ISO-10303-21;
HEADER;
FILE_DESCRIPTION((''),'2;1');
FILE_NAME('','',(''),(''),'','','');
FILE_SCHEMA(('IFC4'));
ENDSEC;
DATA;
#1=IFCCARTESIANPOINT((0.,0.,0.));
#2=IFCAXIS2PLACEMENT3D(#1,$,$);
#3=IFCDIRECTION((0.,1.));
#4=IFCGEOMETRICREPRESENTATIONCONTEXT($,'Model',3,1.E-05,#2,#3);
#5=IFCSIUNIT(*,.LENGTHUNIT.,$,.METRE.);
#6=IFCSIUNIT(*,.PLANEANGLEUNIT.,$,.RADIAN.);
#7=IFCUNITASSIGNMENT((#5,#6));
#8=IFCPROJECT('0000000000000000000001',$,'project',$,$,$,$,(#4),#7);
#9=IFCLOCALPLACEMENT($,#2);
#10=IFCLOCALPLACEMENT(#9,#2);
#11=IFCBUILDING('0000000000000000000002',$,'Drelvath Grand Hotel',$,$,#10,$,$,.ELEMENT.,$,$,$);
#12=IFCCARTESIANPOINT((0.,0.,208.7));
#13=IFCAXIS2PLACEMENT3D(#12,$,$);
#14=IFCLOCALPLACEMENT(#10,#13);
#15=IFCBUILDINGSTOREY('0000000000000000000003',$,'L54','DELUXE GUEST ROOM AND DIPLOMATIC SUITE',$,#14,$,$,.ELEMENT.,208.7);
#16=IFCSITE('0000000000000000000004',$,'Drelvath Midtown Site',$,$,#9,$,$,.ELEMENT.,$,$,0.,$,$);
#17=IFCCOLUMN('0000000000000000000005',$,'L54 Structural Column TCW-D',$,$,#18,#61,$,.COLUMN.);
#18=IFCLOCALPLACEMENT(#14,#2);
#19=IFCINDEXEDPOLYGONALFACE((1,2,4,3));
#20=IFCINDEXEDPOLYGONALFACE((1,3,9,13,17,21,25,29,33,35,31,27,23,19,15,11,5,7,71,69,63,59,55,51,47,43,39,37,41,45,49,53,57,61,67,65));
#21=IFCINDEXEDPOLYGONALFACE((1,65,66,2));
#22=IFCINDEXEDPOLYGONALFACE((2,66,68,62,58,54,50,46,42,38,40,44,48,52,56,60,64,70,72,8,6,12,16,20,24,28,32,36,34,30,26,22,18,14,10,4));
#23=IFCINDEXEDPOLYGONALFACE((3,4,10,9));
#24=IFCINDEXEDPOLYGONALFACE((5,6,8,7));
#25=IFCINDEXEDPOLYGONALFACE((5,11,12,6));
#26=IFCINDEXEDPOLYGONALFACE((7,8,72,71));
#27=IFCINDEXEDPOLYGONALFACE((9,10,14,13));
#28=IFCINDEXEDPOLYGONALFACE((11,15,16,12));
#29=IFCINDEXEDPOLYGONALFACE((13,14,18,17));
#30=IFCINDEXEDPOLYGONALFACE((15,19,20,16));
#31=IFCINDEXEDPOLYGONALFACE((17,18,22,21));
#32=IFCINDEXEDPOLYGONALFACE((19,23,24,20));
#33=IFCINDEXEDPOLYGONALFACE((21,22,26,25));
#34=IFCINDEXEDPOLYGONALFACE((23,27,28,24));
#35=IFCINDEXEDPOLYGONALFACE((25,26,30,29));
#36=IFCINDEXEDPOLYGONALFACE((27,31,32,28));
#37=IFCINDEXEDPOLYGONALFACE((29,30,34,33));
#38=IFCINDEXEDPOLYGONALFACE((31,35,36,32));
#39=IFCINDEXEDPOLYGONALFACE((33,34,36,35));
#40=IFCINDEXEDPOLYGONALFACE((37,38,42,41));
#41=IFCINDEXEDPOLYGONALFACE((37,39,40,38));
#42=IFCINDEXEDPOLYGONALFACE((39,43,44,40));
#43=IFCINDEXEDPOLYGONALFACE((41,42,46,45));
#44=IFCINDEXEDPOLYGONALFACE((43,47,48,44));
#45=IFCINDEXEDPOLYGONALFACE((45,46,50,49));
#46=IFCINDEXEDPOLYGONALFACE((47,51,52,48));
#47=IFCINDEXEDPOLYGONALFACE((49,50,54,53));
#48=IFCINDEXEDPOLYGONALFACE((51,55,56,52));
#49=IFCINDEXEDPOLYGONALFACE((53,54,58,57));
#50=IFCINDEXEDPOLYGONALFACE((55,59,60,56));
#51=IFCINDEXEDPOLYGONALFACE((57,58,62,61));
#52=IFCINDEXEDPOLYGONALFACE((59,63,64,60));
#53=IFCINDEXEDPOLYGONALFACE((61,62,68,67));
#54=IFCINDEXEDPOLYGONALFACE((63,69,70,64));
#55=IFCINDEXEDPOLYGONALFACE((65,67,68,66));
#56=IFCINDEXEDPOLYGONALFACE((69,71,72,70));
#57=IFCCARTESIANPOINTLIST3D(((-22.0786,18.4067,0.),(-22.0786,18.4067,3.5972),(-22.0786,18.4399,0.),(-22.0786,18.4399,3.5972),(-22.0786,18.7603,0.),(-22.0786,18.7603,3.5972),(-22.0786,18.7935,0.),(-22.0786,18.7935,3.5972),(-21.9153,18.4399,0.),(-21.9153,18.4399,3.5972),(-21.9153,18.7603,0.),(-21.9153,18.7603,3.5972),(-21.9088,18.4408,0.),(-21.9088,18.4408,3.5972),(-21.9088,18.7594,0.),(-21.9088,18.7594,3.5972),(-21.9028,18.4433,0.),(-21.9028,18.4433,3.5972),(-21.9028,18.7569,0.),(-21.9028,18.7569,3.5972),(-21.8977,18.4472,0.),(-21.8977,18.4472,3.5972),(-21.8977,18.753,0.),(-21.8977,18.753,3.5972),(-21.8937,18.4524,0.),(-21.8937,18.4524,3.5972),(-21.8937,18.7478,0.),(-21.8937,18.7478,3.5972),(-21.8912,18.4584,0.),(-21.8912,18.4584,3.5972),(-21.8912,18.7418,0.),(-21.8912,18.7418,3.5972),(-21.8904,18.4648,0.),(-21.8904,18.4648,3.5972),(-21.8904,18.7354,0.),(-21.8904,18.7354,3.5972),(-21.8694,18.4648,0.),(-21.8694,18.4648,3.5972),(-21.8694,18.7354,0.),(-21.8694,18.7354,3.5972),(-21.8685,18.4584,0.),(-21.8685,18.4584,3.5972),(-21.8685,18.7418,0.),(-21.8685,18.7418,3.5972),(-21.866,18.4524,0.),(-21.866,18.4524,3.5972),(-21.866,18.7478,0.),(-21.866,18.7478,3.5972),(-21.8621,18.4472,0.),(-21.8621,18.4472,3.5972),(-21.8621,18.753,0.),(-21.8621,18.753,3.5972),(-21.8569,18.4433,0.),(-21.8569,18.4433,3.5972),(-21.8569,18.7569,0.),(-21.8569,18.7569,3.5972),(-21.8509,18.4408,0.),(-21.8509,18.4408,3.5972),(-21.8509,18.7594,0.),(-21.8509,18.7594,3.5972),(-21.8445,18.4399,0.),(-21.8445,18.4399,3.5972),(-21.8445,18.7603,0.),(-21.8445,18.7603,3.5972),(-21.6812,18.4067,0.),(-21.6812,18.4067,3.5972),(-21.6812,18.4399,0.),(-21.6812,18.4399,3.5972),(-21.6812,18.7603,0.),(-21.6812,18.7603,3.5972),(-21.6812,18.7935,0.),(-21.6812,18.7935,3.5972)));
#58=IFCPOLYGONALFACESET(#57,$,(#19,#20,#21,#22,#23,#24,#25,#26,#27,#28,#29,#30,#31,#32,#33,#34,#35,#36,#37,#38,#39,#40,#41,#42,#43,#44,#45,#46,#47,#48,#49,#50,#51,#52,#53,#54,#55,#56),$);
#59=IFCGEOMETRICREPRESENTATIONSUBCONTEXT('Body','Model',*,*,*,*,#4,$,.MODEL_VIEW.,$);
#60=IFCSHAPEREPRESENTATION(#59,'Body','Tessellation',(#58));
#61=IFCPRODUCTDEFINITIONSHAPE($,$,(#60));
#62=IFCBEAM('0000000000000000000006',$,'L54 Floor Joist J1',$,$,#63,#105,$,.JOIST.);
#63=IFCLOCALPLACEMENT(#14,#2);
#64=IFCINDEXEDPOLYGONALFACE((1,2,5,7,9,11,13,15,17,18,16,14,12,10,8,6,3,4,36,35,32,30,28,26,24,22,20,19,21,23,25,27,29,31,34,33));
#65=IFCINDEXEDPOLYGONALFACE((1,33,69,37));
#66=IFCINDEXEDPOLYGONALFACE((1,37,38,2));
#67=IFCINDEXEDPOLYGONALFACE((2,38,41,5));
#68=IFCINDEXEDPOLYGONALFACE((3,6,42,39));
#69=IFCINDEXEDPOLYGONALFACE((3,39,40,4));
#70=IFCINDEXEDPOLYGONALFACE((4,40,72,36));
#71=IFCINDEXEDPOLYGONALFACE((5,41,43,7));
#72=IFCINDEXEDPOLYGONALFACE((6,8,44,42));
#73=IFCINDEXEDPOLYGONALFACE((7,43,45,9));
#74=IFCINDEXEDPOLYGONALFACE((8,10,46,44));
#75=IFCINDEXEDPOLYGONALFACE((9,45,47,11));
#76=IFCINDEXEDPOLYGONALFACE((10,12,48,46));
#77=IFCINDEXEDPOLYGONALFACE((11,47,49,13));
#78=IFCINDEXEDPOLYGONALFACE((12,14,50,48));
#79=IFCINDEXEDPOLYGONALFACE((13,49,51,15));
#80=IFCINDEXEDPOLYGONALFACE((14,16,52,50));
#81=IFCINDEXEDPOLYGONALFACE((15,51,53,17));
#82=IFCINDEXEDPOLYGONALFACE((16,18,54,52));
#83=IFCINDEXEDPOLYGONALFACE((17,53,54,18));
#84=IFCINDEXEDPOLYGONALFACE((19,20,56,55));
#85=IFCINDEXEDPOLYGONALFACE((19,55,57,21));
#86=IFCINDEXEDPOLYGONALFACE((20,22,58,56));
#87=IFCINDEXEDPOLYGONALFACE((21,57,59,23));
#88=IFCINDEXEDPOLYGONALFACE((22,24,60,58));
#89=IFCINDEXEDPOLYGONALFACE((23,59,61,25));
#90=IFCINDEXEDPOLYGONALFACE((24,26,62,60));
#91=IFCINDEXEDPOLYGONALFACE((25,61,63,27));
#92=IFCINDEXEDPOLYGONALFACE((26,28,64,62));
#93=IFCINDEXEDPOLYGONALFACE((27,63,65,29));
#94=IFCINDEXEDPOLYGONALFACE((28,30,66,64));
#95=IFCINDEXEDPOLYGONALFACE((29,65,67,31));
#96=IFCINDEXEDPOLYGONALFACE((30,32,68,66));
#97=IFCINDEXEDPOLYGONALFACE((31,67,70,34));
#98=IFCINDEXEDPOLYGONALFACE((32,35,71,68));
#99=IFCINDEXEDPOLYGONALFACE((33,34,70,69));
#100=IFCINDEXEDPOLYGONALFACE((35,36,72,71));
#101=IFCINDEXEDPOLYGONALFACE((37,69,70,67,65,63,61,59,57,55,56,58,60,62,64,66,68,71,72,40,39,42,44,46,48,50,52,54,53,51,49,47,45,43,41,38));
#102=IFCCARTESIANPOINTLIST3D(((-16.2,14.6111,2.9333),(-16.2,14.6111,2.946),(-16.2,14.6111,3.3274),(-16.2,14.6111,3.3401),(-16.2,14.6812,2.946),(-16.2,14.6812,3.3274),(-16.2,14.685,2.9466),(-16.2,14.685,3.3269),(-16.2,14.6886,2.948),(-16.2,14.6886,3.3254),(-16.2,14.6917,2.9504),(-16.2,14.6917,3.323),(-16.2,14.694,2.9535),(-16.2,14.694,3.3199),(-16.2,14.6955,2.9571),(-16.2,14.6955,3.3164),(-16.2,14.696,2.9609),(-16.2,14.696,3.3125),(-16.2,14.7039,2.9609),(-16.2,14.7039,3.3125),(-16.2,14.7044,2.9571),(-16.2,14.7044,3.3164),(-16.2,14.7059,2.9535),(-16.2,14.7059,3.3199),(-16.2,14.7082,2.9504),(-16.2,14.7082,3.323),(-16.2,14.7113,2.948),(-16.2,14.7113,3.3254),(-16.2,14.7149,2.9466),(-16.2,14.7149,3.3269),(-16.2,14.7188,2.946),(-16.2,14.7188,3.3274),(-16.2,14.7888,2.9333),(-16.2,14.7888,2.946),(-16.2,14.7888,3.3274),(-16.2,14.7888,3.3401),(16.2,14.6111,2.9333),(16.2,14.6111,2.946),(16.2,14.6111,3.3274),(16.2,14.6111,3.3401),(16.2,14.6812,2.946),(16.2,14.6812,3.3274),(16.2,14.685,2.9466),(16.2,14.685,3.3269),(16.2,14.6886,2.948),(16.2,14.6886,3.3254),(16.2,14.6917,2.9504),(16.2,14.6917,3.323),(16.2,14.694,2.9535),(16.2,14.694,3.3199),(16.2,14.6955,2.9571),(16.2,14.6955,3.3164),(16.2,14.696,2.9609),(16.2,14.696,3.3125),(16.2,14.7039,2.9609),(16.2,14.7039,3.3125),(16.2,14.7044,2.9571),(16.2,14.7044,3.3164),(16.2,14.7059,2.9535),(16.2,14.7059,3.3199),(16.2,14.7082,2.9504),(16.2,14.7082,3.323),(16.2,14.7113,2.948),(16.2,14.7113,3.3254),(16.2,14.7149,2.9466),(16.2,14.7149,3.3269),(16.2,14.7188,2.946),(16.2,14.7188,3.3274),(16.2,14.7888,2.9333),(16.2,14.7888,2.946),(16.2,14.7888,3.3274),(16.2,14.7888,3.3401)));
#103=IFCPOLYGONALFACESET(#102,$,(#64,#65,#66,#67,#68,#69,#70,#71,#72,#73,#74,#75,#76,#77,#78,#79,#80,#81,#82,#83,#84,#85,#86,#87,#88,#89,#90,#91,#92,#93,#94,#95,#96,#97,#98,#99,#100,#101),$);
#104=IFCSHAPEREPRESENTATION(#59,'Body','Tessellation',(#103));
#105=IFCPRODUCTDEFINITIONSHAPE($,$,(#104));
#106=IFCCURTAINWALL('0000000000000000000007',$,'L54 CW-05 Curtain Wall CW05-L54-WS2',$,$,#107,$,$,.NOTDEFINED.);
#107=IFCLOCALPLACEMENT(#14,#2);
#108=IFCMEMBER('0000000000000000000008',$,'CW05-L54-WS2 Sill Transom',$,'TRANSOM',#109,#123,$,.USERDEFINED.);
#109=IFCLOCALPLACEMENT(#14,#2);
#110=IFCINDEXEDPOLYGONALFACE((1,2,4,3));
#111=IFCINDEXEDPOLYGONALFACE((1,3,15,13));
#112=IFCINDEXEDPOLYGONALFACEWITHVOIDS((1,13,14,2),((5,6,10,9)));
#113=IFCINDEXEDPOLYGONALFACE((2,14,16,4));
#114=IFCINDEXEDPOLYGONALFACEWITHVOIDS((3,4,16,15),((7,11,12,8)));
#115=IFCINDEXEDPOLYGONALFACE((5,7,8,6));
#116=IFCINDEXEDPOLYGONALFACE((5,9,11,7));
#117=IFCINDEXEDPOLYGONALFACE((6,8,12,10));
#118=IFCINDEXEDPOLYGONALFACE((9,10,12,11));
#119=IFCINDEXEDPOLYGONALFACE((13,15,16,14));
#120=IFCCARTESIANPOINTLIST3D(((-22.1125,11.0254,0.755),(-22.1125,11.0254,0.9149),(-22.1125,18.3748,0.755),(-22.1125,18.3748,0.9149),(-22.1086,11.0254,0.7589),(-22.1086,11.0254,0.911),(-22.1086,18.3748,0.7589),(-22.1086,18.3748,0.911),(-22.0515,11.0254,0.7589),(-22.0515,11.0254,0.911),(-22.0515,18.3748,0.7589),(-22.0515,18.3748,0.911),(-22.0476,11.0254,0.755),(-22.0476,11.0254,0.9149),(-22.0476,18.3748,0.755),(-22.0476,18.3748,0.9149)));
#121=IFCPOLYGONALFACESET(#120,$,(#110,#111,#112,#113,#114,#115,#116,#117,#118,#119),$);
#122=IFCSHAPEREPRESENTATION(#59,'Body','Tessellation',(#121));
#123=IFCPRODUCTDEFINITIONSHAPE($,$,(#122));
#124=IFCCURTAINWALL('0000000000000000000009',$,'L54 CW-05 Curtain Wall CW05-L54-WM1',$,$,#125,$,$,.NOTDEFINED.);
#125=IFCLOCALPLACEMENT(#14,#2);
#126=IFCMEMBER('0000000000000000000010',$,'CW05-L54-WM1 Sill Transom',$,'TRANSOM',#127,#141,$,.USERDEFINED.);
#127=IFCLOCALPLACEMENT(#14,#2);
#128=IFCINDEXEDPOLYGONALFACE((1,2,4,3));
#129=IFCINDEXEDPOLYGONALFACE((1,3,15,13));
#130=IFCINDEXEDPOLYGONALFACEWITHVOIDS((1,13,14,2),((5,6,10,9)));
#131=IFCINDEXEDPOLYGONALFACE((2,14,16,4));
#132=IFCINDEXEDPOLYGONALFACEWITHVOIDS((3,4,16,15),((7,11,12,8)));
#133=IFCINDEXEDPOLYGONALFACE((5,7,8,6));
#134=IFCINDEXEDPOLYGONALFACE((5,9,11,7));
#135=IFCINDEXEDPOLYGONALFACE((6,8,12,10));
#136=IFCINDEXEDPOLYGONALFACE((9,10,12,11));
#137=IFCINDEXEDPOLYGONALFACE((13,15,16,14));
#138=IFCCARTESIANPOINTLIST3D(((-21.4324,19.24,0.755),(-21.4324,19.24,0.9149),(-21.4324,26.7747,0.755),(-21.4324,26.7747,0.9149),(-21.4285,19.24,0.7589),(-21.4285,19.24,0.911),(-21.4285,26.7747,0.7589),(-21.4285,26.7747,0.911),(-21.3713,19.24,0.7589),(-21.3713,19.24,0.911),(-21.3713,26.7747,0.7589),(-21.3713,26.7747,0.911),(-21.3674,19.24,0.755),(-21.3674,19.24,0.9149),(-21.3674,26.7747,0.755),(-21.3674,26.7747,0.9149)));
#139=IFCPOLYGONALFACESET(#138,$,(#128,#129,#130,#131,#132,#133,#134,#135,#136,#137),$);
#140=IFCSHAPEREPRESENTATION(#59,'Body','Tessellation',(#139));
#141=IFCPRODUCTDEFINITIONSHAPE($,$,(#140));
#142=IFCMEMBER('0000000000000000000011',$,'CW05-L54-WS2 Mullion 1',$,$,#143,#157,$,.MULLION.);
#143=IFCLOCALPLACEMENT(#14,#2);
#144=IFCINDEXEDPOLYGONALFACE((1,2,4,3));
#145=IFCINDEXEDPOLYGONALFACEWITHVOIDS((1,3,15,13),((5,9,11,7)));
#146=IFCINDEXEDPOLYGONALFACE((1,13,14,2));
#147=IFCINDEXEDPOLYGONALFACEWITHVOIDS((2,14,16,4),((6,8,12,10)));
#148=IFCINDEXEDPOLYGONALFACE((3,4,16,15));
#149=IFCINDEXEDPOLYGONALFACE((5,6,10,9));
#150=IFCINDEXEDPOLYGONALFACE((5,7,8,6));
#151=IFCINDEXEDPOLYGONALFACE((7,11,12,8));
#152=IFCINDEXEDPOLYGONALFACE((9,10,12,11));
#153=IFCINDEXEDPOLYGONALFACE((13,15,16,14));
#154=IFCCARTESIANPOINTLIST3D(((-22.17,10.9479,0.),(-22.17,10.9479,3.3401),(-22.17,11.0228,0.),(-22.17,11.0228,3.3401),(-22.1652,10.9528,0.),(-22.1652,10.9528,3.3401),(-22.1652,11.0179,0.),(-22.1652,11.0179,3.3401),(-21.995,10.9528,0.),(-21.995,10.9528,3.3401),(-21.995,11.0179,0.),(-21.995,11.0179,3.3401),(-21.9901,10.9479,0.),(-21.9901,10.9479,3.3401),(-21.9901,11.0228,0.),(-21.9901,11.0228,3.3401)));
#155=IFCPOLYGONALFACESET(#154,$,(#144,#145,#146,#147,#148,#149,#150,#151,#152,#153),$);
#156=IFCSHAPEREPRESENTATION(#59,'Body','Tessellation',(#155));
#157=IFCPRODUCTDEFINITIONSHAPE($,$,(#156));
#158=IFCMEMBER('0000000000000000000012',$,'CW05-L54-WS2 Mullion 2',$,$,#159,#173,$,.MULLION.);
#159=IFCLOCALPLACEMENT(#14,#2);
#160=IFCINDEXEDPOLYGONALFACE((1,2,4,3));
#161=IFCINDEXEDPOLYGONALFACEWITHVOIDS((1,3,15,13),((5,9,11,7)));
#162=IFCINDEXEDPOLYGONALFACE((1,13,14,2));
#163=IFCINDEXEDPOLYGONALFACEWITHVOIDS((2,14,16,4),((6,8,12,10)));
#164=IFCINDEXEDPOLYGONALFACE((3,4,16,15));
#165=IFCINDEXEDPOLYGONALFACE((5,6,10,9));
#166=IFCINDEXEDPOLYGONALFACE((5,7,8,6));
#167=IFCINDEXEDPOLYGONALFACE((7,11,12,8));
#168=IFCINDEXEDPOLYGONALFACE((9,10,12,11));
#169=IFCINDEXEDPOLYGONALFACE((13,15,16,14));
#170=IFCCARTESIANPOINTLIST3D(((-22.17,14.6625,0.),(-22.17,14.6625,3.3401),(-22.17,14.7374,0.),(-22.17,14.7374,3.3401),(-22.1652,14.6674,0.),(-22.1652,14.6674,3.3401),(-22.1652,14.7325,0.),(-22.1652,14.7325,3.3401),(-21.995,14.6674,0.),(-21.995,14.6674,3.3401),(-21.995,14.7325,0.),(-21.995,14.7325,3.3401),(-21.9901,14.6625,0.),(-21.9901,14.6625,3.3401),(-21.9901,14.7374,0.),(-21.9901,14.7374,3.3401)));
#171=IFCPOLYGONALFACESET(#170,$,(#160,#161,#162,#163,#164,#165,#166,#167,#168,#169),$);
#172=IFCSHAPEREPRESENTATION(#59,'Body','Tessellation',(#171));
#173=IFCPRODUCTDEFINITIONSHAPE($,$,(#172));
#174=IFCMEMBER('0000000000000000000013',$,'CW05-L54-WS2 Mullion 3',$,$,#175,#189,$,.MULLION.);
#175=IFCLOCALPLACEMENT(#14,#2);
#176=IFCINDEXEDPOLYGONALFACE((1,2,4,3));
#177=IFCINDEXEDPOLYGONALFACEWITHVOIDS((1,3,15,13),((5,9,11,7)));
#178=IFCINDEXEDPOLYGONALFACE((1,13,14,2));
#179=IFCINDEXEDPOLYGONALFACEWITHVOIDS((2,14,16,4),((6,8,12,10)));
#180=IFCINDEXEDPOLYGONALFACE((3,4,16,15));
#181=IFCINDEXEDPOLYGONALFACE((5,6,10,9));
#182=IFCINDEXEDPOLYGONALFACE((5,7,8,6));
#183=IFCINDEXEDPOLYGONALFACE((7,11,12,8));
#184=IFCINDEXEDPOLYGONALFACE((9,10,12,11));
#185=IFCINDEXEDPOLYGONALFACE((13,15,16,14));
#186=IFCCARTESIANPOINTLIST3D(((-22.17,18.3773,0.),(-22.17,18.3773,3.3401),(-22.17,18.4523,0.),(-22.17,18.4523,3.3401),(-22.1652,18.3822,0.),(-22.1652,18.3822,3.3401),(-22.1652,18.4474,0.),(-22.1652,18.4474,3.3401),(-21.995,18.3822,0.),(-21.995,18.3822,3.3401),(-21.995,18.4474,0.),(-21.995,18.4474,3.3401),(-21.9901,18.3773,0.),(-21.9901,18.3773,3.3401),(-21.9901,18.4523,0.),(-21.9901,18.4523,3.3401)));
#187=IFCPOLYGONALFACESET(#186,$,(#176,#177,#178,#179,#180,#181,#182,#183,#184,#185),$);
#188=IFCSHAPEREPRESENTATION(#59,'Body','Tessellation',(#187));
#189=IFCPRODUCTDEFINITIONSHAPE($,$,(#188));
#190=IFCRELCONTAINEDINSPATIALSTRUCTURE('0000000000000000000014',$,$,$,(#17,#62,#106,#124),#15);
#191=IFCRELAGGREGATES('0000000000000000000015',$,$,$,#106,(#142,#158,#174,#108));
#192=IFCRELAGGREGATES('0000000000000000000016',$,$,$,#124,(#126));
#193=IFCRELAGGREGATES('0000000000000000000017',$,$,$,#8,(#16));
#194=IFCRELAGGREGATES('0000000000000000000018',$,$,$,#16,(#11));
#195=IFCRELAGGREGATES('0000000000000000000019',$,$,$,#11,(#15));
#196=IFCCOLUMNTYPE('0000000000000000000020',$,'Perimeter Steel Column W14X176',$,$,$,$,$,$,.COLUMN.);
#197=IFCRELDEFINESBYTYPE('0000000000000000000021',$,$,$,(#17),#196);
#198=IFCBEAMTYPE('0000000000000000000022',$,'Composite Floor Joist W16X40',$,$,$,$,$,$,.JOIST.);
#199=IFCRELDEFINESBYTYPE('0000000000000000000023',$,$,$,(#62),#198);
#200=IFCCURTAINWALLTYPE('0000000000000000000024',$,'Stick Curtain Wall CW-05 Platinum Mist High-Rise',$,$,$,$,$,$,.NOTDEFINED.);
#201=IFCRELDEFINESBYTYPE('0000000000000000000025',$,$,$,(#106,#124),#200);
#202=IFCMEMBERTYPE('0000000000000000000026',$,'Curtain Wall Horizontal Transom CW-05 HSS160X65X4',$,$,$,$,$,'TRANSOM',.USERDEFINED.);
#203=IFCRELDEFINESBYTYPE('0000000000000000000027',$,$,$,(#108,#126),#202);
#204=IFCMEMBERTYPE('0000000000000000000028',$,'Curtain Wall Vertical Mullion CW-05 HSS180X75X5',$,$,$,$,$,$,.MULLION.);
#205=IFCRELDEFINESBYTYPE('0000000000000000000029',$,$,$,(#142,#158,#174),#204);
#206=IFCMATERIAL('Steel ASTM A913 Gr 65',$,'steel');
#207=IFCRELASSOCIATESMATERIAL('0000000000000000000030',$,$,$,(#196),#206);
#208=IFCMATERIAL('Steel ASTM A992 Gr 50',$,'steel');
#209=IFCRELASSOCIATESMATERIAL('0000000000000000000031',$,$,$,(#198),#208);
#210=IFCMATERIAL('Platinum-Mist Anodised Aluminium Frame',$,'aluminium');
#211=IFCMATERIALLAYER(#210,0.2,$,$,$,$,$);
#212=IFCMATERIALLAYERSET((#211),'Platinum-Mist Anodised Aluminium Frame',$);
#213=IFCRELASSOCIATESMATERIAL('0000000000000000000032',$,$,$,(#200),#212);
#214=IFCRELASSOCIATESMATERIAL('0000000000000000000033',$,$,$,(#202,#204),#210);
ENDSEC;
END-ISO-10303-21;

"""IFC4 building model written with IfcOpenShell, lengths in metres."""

from ifc_helpers import new_model, si_unit, direction, frame, origin, origin_2d, place, context, subcontext, project, spatial, hollow_rectangle, i_section, extrude, material, layer, layer_set, material_profile, profile_set, type_object, element, aggregate, save


model = new_model("IFC4")

# Units and contexts
model_context = context("Model", 3, precision=1e-05, world=origin(), true_north=direction((0.0, 1.0)))
body_context = subcontext(model_context, "Body", "Model", "MODEL_VIEW")
ifc_project = project(units=[si_unit("LENGTHUNIT", "METRE"), si_unit("PLANEANGLEUNIT", "RADIAN")], contexts=[model_context])

# Site, building, storey
site_placement = place(None, origin())
site = spatial("IfcSite", under=ifc_project, at=site_placement, Name="Drelvath Midtown Site", CompositionType="ELEMENT", RefElevation=0.0)
building_placement = place(site_placement, origin())
building = spatial("IfcBuilding", under=site, at=building_placement, Name="Drelvath Grand Hotel", CompositionType="ELEMENT")
storey_placement = place(building_placement, frame((0.0, 0.0, 208.7)))
storey = spatial("IfcBuildingStorey", under=building, at=storey_placement, Name="L54", Description="DELUXE GUEST ROOM AND DIPLOMATIC SUITE", CompositionType="ELEMENT", Elevation=208.7)

# Column
ifc_material_1 = material(Name="Steel ASTM A913 Gr 65", Category="steel")
ifc_material_profile_1 = material_profile(ifc_material_1, i_section(OverallWidth=0.3975, OverallDepth=0.3867, WebThickness=0.021, FlangeThickness=0.0332, FilletRadius=0.0249, at=origin_2d()), Name="W14X176")
ifc_profile_set_1 = profile_set([ifc_material_profile_1], Name="Steel ASTM A913 Gr 65")
column_type = type_object("IfcColumnType", Name="Perimeter Steel Column W14X176", PredefinedType="COLUMN", material=ifc_profile_set_1)
column_placement = place(storey_placement, frame((-21.8799, 18.6001, 0.0), z_axis=(0.0, 0.0, 1.0), x_axis=(1.0, 0.0, 0.0)))
element("IfcColumn", 1, at=column_placement, inside=storey, type_object=column_type, Name="L54 Structural Column TCW-D", PredefinedType="COLUMN", context=body_context, shape_type="SweptSolid", body=[
    extrude(i_section(OverallWidth=0.3975, OverallDepth=0.3867, WebThickness=0.021, FlangeThickness=0.0332, FilletRadius=0.0249, at=origin_2d()), origin(), (0.0, 0.0, 1.0), 3.5972),
])

# Beam
ifc_material_2 = material(Name="Steel ASTM A992 Gr 50", Category="steel")
ifc_material_profile_2 = material_profile(ifc_material_2, i_section(OverallWidth=0.1777, OverallDepth=0.4067, WebThickness=0.0078, FlangeThickness=0.0127, FilletRadius=0.0149, at=origin_2d()), Name="W16X40")
ifc_profile_set_2 = profile_set([ifc_material_profile_2], Name="Steel ASTM A992 Gr 50")
beam_type_1 = type_object("IfcBeamType", Name="Composite Floor Joist W16X40", PredefinedType="JOIST", material=ifc_profile_set_2)
beam_1_placement = place(storey_placement, frame((-16.2, 14.7, 3.1367), z_axis=(1.0, 0.0, 0.0), x_axis=(0.0, 1.0, 0.0)))
element("IfcBeam", 2, at=beam_1_placement, inside=storey, type_object=beam_type_1, Name="L54 Floor Joist J1", PredefinedType="JOIST", context=body_context, shape_type="SweptSolid", body=[
    extrude(i_section(OverallWidth=0.1777, OverallDepth=0.4067, WebThickness=0.0078, FlangeThickness=0.0127, FilletRadius=0.0149, at=origin_2d()), origin(), (0.0, 0.0, 1.0), 32.3999),
])

# Curtain walls, members
ifc_material_3 = material(Name="Platinum-Mist Anodised Aluminium Frame", Category="aluminium")
ifc_layer_1 = layer(ifc_material_3, 0.2)
ifc_layer_set_1 = layer_set([ifc_layer_1], Name="Platinum-Mist Anodised Aluminium Frame")
curtain_wall_type = type_object("IfcCurtainWallType", Name="Stick Curtain Wall CW-05 Platinum Mist High-Rise", PredefinedType="NOTDEFINED", material=ifc_layer_set_1)
curtain_wall_1_placement = place(storey_placement, origin())
curtain_wall_1 = element("IfcCurtainWall", 3, at=curtain_wall_1_placement, inside=storey, type_object=curtain_wall_type, Name="L54 CW-05 Curtain Wall CW05-L54-WS2", PredefinedType="NOTDEFINED")
ifc_material_profile_3 = material_profile(ifc_material_3, hollow_rectangle(XDim=0.0649, YDim=0.1599, WallThickness=0.0039, at=origin_2d()), Name="HSS160X65X4")
ifc_profile_set_3 = profile_set([ifc_material_profile_3], Name="Platinum-Mist Anodised Aluminium Frame")
member_type_1 = type_object("IfcMemberType", Name="Curtain Wall Horizontal Transom CW-05 HSS160X65X4", ElementType="TRANSOM", PredefinedType="USERDEFINED", material=ifc_profile_set_3)
member_1_placement = place(storey_placement, frame((-22.0801, 11.0254, 0.835), z_axis=(0.0, 1.0, 0.0), x_axis=(-1.0, 0.0, 0.0)))
member_1 = element("IfcMember", 4, at=member_1_placement, type_object=member_type_1, Name="CW05-L54-WS2 Sill Transom", ObjectType="TRANSOM", PredefinedType="USERDEFINED", context=body_context, shape_type="SweptSolid", body=[
    extrude(hollow_rectangle(XDim=0.0649, YDim=0.1599, WallThickness=0.0039, at=origin_2d()), origin(), (0.0, 0.0, 1.0), 7.3494),
])
curtain_wall_2_placement = place(storey_placement, origin())
curtain_wall_2 = element("IfcCurtainWall", 5, at=curtain_wall_2_placement, inside=storey, type_object=curtain_wall_type, Name="L54 CW-05 Curtain Wall CW05-L54-WM1", PredefinedType="NOTDEFINED")
member_2_placement = place(storey_placement, frame((-21.3999, 19.24, 0.835), z_axis=(0.0, 1.0, 0.0), x_axis=(-1.0, 0.0, 0.0)))
member_2 = element("IfcMember", 6, at=member_2_placement, type_object=member_type_1, Name="CW05-L54-WM1 Sill Transom", ObjectType="TRANSOM", PredefinedType="USERDEFINED", context=body_context, shape_type="SweptSolid", body=[
    extrude(hollow_rectangle(XDim=0.0649, YDim=0.1599, WallThickness=0.0039, at=origin_2d()), origin(), (0.0, 0.0, 1.0), 7.5347),
])

# Members
ifc_material_profile_4 = material_profile(ifc_material_3, hollow_rectangle(XDim=0.075, YDim=0.1799, WallThickness=0.0049, at=origin_2d()), Name="HSS180X75X5")
ifc_profile_set_4 = profile_set([ifc_material_profile_4], Name="Platinum-Mist Anodised Aluminium Frame")
member_type_2 = type_object("IfcMemberType", Name="Curtain Wall Vertical Mullion CW-05 HSS180X75X5", PredefinedType="MULLION", material=ifc_profile_set_4)
member_3_placement = place(storey_placement, frame((-22.0801, 10.9854, 0.0), z_axis=(0.0, 0.0, 1.0), x_axis=(0.0, 1.0, 0.0)))
member_3 = element("IfcMember", 7, at=member_3_placement, type_object=member_type_2, Name="CW05-L54-WS2 Mullion 1", PredefinedType="MULLION", context=body_context, shape_type="SweptSolid", body=[
    extrude(hollow_rectangle(XDim=0.075, YDim=0.1799, WallThickness=0.0049, at=origin_2d()), origin(), (0.0, 0.0, 1.0), 3.3401),
])
member_4_placement = place(storey_placement, frame((-22.0801, 14.7, 0.0), z_axis=(0.0, 0.0, 1.0), x_axis=(0.0, 1.0, 0.0)))
member_4 = element("IfcMember", 8, at=member_4_placement, type_object=member_type_2, Name="CW05-L54-WS2 Mullion 2", PredefinedType="MULLION", context=body_context, shape_type="SweptSolid", body=[
    extrude(hollow_rectangle(XDim=0.075, YDim=0.1799, WallThickness=0.0049, at=origin_2d()), origin(), (0.0, 0.0, 1.0), 3.3401),
])
member_5_placement = place(storey_placement, frame((-22.0801, 18.4148, 0.0), z_axis=(0.0, 0.0, 1.0), x_axis=(0.0, 1.0, 0.0)))
member_5 = element("IfcMember", 9, at=member_5_placement, type_object=member_type_2, Name="CW05-L54-WS2 Mullion 3", PredefinedType="MULLION", context=body_context, shape_type="SweptSolid", body=[
    extrude(hollow_rectangle(XDim=0.075, YDim=0.1799, WallThickness=0.0049, at=origin_2d()), origin(), (0.0, 0.0, 1.0), 3.3401),
])

aggregate(curtain_wall_1, [member_3, member_4, member_5, member_1])
aggregate(curtain_wall_2, [member_2])

save(model, "model.ifc")
